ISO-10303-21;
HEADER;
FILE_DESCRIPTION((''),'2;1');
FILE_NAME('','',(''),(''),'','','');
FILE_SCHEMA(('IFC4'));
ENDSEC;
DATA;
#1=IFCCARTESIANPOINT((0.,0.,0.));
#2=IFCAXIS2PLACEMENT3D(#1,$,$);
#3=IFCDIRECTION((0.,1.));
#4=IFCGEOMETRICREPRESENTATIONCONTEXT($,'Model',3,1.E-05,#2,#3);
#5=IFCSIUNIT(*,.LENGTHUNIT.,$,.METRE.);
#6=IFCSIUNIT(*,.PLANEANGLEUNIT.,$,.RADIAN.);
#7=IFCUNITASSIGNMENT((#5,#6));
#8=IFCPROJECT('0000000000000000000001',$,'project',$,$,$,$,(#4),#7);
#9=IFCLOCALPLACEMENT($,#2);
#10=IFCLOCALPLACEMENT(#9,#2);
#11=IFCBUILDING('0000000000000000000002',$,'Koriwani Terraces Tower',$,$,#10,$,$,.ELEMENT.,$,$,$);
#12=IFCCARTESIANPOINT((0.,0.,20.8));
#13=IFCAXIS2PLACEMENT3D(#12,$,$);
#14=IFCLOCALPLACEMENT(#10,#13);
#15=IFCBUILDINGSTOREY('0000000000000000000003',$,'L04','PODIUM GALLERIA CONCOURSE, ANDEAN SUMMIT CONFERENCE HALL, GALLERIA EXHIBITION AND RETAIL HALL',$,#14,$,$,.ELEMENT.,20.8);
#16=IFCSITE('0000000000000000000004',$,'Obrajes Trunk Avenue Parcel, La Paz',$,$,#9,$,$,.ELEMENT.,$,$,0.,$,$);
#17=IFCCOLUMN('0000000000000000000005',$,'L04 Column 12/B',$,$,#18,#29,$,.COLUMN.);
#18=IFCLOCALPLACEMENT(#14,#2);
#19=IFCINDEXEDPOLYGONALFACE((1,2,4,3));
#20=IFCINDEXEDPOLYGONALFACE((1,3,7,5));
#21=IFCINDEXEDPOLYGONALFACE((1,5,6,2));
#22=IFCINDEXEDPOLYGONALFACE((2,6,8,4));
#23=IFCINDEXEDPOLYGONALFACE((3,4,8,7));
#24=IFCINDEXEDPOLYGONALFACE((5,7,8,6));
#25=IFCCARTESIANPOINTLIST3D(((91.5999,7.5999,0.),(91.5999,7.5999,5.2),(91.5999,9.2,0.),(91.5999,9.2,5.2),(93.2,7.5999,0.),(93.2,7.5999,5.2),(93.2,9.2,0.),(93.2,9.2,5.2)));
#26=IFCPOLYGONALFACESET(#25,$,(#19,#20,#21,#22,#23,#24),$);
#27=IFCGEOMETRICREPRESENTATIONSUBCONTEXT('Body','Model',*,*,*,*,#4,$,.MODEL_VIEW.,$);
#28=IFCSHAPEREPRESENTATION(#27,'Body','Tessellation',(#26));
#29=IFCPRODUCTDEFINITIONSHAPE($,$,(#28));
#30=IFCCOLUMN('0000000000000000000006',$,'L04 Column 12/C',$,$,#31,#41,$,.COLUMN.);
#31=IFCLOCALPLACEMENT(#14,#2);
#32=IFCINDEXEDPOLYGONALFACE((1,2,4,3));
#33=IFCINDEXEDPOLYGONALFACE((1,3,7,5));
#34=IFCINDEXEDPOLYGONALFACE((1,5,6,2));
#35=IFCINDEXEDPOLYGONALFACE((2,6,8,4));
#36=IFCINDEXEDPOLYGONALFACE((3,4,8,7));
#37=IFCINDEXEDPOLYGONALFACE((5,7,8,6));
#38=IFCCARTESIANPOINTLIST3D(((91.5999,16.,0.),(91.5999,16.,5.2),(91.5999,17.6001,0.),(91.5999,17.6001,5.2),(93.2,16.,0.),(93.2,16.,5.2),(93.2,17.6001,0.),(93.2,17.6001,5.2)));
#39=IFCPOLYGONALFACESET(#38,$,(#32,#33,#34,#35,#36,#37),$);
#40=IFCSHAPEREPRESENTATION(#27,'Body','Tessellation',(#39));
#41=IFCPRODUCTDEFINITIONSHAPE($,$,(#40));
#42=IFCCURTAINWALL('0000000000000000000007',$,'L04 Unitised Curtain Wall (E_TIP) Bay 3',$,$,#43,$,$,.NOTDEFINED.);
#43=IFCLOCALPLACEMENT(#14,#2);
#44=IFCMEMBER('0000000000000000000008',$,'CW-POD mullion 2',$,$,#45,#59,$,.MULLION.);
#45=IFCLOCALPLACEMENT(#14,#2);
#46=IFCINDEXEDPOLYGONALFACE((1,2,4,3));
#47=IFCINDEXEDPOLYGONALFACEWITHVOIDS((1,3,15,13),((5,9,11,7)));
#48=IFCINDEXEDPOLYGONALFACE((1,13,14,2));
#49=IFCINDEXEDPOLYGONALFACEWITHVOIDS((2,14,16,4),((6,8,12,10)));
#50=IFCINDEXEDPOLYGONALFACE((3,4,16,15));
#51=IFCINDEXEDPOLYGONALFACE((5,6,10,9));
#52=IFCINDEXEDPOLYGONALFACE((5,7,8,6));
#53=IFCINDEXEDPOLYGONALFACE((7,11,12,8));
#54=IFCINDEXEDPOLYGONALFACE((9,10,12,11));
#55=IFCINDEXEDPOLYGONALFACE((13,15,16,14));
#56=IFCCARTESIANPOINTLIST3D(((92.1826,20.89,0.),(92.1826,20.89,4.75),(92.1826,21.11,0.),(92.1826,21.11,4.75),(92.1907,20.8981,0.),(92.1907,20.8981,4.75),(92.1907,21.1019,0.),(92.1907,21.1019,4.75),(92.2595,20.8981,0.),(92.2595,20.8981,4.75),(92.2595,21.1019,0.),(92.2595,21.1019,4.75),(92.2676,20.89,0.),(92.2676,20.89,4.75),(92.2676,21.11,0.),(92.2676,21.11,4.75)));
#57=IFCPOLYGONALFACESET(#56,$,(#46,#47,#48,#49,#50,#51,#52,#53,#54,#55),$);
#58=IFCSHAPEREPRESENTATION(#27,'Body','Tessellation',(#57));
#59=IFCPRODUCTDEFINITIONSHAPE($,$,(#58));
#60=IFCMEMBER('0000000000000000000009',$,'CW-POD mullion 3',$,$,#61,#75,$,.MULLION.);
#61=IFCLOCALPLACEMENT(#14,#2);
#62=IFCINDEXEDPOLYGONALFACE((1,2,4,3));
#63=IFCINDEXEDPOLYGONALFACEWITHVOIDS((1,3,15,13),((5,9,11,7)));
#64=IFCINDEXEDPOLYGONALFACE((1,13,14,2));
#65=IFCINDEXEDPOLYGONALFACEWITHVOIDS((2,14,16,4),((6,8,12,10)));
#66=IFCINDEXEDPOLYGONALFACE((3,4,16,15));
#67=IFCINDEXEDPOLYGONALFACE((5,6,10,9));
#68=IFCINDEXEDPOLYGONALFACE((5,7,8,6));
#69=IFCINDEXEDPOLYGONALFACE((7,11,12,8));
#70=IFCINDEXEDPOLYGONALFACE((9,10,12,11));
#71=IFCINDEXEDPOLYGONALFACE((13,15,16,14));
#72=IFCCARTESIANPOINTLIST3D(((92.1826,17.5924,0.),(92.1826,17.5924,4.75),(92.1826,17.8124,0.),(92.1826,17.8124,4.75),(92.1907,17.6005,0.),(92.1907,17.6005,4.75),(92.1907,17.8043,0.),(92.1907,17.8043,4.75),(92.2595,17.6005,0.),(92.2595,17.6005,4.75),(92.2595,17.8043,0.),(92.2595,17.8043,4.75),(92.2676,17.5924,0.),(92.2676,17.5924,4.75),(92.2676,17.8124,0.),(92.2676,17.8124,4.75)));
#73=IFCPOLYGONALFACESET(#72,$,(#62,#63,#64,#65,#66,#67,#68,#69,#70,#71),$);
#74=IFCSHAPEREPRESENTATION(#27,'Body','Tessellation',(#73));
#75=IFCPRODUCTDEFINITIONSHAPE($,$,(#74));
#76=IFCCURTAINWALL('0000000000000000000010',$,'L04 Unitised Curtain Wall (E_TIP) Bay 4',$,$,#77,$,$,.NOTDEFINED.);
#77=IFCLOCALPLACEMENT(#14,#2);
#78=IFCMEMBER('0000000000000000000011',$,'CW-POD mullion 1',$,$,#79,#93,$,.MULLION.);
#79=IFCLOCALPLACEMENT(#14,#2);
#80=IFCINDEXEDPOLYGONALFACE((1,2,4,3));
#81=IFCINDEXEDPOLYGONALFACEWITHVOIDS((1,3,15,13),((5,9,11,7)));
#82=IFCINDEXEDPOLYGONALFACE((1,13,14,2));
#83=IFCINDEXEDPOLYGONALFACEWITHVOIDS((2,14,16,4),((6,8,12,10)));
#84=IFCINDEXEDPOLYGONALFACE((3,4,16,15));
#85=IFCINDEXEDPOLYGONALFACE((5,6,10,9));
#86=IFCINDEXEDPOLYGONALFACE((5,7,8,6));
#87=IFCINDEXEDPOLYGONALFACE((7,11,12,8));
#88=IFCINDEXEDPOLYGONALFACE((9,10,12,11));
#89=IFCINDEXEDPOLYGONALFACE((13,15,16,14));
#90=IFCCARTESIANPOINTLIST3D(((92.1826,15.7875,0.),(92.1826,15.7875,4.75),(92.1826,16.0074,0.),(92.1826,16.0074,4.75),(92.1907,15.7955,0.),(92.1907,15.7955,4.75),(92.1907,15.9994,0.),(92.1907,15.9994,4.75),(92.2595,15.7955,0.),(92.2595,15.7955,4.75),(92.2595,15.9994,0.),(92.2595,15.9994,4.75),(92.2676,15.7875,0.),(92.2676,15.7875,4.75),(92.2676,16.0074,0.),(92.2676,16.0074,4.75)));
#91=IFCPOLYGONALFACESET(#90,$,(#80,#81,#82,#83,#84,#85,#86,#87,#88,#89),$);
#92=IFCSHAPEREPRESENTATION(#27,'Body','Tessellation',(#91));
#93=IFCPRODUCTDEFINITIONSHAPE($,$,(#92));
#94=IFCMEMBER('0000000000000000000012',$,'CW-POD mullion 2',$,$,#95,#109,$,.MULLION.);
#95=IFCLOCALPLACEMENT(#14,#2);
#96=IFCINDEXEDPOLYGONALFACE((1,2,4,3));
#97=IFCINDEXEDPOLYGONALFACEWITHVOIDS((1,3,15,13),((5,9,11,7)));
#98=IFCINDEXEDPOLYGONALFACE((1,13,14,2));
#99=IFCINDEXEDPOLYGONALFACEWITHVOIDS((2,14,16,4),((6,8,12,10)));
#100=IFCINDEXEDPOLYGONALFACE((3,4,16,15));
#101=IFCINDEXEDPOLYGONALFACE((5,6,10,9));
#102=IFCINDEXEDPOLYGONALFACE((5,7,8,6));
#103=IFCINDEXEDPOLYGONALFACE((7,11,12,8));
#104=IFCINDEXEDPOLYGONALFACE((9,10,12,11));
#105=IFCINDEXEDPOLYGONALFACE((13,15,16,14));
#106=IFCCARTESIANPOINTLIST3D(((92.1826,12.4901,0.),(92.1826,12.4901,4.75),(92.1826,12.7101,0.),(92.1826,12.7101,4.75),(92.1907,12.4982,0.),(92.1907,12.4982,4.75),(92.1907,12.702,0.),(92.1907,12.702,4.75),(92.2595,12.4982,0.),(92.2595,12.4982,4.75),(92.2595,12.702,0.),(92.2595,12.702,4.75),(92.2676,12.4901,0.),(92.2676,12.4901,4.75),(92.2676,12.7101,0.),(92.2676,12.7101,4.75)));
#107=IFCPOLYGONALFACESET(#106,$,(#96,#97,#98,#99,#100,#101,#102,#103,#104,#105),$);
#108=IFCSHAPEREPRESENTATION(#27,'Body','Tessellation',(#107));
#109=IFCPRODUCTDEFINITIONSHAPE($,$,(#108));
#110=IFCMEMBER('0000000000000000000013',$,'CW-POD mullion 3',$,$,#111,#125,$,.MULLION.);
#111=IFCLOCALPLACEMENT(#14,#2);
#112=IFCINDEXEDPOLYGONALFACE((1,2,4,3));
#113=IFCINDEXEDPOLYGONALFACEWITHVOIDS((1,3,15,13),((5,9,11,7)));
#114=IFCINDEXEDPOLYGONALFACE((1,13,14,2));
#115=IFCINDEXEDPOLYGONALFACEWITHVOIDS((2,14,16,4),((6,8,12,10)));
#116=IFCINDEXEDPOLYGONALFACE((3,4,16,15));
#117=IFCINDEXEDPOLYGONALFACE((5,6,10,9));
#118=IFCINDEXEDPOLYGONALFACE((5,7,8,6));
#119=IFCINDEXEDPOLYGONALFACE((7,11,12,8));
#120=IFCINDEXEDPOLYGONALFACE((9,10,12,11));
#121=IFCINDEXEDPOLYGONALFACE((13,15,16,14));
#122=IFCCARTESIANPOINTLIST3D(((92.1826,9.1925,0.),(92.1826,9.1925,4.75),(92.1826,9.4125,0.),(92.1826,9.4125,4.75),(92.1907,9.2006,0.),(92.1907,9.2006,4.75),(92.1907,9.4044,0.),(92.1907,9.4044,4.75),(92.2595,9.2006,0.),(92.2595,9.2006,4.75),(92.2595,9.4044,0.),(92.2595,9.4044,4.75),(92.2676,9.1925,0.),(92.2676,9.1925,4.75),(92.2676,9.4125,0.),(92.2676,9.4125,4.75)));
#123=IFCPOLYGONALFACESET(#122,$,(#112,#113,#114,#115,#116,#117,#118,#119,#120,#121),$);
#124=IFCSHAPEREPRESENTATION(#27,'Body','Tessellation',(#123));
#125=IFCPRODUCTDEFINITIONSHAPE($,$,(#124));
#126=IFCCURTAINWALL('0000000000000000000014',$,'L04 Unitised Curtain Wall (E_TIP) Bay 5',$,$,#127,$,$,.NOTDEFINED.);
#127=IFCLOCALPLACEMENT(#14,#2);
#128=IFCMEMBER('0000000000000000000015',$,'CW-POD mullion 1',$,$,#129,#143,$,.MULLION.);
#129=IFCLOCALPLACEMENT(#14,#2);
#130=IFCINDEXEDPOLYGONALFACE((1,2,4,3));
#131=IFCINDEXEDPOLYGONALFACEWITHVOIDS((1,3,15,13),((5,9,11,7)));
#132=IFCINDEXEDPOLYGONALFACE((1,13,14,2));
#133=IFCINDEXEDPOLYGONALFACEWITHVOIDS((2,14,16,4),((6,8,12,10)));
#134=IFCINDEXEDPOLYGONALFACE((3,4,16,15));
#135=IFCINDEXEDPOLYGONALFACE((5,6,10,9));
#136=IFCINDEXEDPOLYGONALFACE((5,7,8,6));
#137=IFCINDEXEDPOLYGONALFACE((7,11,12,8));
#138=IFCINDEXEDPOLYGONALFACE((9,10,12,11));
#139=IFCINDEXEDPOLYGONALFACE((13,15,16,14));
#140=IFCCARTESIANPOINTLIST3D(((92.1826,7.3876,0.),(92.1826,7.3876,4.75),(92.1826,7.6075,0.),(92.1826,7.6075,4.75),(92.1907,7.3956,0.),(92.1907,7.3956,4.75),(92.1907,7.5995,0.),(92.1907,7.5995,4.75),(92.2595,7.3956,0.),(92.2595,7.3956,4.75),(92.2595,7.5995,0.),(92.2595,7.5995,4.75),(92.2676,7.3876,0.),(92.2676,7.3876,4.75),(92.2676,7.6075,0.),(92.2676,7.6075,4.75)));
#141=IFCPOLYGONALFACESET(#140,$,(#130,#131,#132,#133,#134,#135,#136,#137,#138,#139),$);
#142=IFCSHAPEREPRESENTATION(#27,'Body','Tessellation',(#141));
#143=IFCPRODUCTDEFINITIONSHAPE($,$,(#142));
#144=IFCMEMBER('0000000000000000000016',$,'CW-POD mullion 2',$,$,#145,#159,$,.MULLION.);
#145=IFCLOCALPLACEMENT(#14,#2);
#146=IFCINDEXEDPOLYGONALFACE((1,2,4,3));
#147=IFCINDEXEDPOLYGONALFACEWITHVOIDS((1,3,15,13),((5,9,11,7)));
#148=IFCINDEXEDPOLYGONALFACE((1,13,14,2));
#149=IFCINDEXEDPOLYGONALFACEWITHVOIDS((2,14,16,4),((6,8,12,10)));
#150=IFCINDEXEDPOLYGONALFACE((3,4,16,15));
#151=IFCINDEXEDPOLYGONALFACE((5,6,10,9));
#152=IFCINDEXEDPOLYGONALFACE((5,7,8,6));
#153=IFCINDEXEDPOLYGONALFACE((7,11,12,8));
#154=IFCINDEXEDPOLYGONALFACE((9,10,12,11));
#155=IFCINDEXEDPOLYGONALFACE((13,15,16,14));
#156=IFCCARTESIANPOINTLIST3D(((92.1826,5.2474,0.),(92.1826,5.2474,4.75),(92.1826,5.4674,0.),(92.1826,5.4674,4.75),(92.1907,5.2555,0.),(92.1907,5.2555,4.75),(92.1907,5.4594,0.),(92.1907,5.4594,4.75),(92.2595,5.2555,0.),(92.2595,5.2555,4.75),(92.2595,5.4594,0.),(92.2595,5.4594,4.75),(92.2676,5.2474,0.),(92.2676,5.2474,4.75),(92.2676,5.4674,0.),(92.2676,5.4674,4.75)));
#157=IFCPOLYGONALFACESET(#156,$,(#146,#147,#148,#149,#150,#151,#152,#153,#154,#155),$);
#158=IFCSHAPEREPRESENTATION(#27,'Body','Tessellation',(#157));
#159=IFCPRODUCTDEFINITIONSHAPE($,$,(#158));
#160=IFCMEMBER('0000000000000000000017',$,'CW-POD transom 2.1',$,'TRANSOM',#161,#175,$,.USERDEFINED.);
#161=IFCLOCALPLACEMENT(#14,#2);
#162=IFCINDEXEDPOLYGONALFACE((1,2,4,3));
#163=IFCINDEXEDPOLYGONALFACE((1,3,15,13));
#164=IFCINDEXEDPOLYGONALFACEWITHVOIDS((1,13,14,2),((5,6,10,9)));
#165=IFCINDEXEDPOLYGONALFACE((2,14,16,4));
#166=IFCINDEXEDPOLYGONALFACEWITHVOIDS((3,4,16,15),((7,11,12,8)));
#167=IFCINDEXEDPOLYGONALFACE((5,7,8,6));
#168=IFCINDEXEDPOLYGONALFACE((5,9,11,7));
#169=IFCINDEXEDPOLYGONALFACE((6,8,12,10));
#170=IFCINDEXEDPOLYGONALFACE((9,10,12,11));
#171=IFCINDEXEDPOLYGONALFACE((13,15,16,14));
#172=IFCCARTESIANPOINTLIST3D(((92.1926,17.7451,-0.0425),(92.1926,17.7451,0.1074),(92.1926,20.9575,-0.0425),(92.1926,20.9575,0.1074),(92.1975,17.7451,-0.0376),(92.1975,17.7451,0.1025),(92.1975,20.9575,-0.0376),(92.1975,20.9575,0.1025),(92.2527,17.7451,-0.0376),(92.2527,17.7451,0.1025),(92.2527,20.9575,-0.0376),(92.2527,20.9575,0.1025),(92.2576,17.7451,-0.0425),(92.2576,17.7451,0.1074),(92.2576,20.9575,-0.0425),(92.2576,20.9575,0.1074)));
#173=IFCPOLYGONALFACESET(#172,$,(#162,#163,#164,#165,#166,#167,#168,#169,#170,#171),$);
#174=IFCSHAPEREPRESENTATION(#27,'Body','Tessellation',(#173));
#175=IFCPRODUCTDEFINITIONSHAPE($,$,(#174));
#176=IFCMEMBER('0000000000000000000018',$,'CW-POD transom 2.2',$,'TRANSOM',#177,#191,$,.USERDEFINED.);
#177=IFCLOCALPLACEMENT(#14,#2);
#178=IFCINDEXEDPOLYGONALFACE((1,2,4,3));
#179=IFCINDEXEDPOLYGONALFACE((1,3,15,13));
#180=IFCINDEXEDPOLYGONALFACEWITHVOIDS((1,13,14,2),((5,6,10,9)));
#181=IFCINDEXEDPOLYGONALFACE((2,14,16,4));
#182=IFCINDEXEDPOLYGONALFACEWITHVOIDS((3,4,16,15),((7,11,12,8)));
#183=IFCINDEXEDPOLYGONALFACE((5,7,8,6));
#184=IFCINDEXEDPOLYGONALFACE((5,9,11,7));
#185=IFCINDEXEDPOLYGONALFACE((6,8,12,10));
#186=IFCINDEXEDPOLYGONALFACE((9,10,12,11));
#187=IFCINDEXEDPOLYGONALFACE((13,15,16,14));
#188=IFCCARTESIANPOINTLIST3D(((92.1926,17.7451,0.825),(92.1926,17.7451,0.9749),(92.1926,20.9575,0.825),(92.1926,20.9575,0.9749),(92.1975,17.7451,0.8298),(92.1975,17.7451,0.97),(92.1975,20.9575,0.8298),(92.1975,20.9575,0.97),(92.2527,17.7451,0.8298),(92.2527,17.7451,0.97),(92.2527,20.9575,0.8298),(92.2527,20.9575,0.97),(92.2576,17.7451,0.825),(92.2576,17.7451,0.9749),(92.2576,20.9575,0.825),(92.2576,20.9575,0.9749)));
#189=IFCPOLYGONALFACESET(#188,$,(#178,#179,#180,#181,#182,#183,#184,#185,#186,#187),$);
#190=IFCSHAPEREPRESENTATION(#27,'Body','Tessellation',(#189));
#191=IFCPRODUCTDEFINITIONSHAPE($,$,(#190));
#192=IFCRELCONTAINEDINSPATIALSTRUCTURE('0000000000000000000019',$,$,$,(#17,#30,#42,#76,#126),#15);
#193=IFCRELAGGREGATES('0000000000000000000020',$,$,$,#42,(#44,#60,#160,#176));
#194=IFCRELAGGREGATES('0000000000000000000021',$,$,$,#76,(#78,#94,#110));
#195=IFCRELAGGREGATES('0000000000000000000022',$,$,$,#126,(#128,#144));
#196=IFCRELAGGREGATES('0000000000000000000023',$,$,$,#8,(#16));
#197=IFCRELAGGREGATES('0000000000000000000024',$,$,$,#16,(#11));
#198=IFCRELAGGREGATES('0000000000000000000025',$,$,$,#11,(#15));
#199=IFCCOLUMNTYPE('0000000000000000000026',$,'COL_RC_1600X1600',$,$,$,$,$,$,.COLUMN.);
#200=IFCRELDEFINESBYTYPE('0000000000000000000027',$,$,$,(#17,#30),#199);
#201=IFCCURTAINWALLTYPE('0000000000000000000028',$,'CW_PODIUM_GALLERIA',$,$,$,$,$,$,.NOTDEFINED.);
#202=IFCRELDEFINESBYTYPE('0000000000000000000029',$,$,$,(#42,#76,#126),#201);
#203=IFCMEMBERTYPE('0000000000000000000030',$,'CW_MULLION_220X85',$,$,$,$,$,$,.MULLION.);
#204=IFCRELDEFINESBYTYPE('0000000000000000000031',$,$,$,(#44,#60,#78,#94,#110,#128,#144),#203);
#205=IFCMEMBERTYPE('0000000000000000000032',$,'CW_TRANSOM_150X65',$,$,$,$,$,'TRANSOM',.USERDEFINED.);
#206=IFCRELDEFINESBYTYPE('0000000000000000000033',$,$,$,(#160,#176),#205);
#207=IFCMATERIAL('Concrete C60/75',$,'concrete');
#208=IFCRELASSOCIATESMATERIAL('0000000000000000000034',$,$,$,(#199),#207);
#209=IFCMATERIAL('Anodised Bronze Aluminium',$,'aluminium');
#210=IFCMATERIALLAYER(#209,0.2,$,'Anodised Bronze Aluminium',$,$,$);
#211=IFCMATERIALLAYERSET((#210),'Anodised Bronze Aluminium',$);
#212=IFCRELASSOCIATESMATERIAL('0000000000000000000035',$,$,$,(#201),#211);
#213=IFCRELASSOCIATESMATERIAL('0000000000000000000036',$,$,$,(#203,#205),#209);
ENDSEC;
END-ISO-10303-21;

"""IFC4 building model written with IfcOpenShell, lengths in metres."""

from ifc_helpers import new_model, si_unit, direction, frame, origin, origin_2d, place, context, subcontext, project, spatial, rectangle, hollow_rectangle, extrude, material, layer, layer_set, material_profile, profile_set, type_object, element, aggregate, save


model = new_model("IFC4")

# Units and contexts
model_context = context("Model", 3, precision=1e-05, world=origin(), true_north=direction((0.0, 1.0)))
body_context = subcontext(model_context, "Body", "Model", "MODEL_VIEW")
ifc_project = project(units=[si_unit("LENGTHUNIT", "METRE"), si_unit("PLANEANGLEUNIT", "RADIAN")], contexts=[model_context])

# Site, building, storey
site_placement = place(None, origin())
site = spatial("IfcSite", under=ifc_project, at=site_placement, Name="Obrajes Trunk Avenue Parcel, La Paz", CompositionType="ELEMENT", RefElevation=0.0)
building_placement = place(site_placement, origin())
building = spatial("IfcBuilding", under=site, at=building_placement, Name="Koriwani Terraces Tower", CompositionType="ELEMENT")
storey_placement = place(building_placement, frame((0.0, 0.0, 20.8)))
storey = spatial("IfcBuildingStorey", under=building, at=storey_placement, Name="L04", Description="PODIUM GALLERIA CONCOURSE, ANDEAN SUMMIT CONFERENCE HALL, GALLERIA EXHIBITION AND RETAIL HALL", CompositionType="ELEMENT", Elevation=20.8)

# Columns
ifc_material_1 = material(Name="Concrete C60/75", Category="concrete")
ifc_material_profile_1 = material_profile(ifc_material_1, rectangle(XDim=1.6001, YDim=1.6001, at=origin_2d()), Name="Concrete C60/75", Category="LoadBearing")
ifc_profile_set_1 = profile_set([ifc_material_profile_1], Name="Concrete C60/75")
column_type = type_object("IfcColumnType", Name="COL_RC_1600X1600", PredefinedType="COLUMN", material=ifc_profile_set_1)
for number, where, z_axis, x_axis, name in (
    (1, (92.3999, 8.3999, 0.0), (0.0, 0.0, 1.0), (1.0, 0.0, 0.0), "L04 Column 12/B"),
    (2, (92.3999, 16.8, 0.0), (0.0, 0.0, 1.0), (1.0, 0.0, 0.0), "L04 Column 12/C"),
):
    element("IfcColumn", number, at=place(storey_placement, frame(where, z_axis=z_axis, x_axis=x_axis)), inside=storey, type_object=column_type, Name=name, PredefinedType="COLUMN", context=body_context, shape_type="SweptSolid", body=[
        extrude(rectangle(XDim=1.6001, YDim=1.6001, at=origin_2d()), origin(), (0.0, 0.0, 1.0), 5.2),
    ])

# Curtain walls, members
ifc_material_2 = material(Name="Anodised Bronze Aluminium", Category="aluminium")
ifc_layer_1 = layer(ifc_material_2, 0.2, Name="Anodised Bronze Aluminium")
ifc_layer_set_1 = layer_set([ifc_layer_1], Name="Anodised Bronze Aluminium")
curtain_wall_type = type_object("IfcCurtainWallType", Name="CW_PODIUM_GALLERIA", PredefinedType="NOTDEFINED", material=ifc_layer_set_1)
curtain_wall_1_placement = place(storey_placement, origin())
curtain_wall_1 = element("IfcCurtainWall", 3, at=curtain_wall_1_placement, inside=storey, type_object=curtain_wall_type, Name="L04 Unitised Curtain Wall (E_TIP) Bay 3", PredefinedType="NOTDEFINED")
ifc_material_profile_2 = material_profile(ifc_material_2, hollow_rectangle(XDim=0.085, YDim=0.22, WallThickness=0.0081, at=origin_2d()), Name="Anodised Bronze Aluminium", Category="LoadBearing")
ifc_profile_set_2 = profile_set([ifc_material_profile_2], Name="Anodised Bronze Aluminium")
member_type_1 = type_object("IfcMemberType", Name="CW_MULLION_220X85", PredefinedType="MULLION", material=ifc_profile_set_2)
member_1_placement = place(storey_placement, frame((92.2251, 21.0, 0.0), z_axis=(0.0, 0.0, 1.0), x_axis=(1.0, 0.0, 0.0)))
member_1 = element("IfcMember", 4, at=member_1_placement, type_object=member_type_1, Name="CW-POD mullion 2", PredefinedType="MULLION", context=body_context, shape_type="SweptSolid", body=[
    extrude(hollow_rectangle(XDim=0.085, YDim=0.22, WallThickness=0.0081, at=origin_2d()), origin(), (0.0, 0.0, 1.0), 4.75),
])
member_2_placement = place(storey_placement, frame((92.2251, 17.7024, 0.0), z_axis=(0.0, 0.0, 1.0), x_axis=(1.0, 0.0, 0.0)))
member_2 = element("IfcMember", 5, at=member_2_placement, type_object=member_type_1, Name="CW-POD mullion 3", PredefinedType="MULLION", context=body_context, shape_type="SweptSolid", body=[
    extrude(hollow_rectangle(XDim=0.085, YDim=0.22, WallThickness=0.0081, at=origin_2d()), origin(), (0.0, 0.0, 1.0), 4.75),
])
curtain_wall_2_placement = place(storey_placement, origin())
curtain_wall_2 = element("IfcCurtainWall", 6, at=curtain_wall_2_placement, inside=storey, type_object=curtain_wall_type, Name="L04 Unitised Curtain Wall (E_TIP) Bay 4", PredefinedType="NOTDEFINED")
member_3_placement = place(storey_placement, frame((92.2251, 15.8975, 0.0), z_axis=(0.0, 0.0, 1.0), x_axis=(1.0, 0.0, 0.0)))
member_3 = element("IfcMember", 7, at=member_3_placement, type_object=member_type_1, Name="CW-POD mullion 1", PredefinedType="MULLION", context=body_context, shape_type="SweptSolid", body=[
    extrude(hollow_rectangle(XDim=0.085, YDim=0.22, WallThickness=0.0081, at=origin_2d()), origin(), (0.0, 0.0, 1.0), 4.75),
])
member_4_placement = place(storey_placement, frame((92.2251, 12.6001, 0.0), z_axis=(0.0, 0.0, 1.0), x_axis=(1.0, 0.0, 0.0)))
member_4 = element("IfcMember", 8, at=member_4_placement, type_object=member_type_1, Name="CW-POD mullion 2", PredefinedType="MULLION", context=body_context, shape_type="SweptSolid", body=[
    extrude(hollow_rectangle(XDim=0.085, YDim=0.22, WallThickness=0.0081, at=origin_2d()), origin(), (0.0, 0.0, 1.0), 4.75),
])
member_5_placement = place(storey_placement, frame((92.2251, 9.3025, 0.0), z_axis=(0.0, 0.0, 1.0), x_axis=(1.0, 0.0, 0.0)))
member_5 = element("IfcMember", 9, at=member_5_placement, type_object=member_type_1, Name="CW-POD mullion 3", PredefinedType="MULLION", context=body_context, shape_type="SweptSolid", body=[
    extrude(hollow_rectangle(XDim=0.085, YDim=0.22, WallThickness=0.0081, at=origin_2d()), origin(), (0.0, 0.0, 1.0), 4.75),
])
curtain_wall_3_placement = place(storey_placement, origin())
curtain_wall_3 = element("IfcCurtainWall", 10, at=curtain_wall_3_placement, inside=storey, type_object=curtain_wall_type, Name="L04 Unitised Curtain Wall (E_TIP) Bay 5", PredefinedType="NOTDEFINED")
member_6_placement = place(storey_placement, frame((92.2251, 7.4976, 0.0), z_axis=(0.0, 0.0, 1.0), x_axis=(1.0, 0.0, 0.0)))
member_6 = element("IfcMember", 11, at=member_6_placement, type_object=member_type_1, Name="CW-POD mullion 1", PredefinedType="MULLION", context=body_context, shape_type="SweptSolid", body=[
    extrude(hollow_rectangle(XDim=0.085, YDim=0.22, WallThickness=0.0081, at=origin_2d()), origin(), (0.0, 0.0, 1.0), 4.75),
])
member_7_placement = place(storey_placement, frame((92.2251, 5.3574, 0.0), z_axis=(0.0, 0.0, 1.0), x_axis=(1.0, 0.0, 0.0)))
member_7 = element("IfcMember", 12, at=member_7_placement, type_object=member_type_1, Name="CW-POD mullion 2", PredefinedType="MULLION", context=body_context, shape_type="SweptSolid", body=[
    extrude(hollow_rectangle(XDim=0.085, YDim=0.22, WallThickness=0.0081, at=origin_2d()), origin(), (0.0, 0.0, 1.0), 4.75),
])

# Members
ifc_material_profile_3 = material_profile(ifc_material_2, hollow_rectangle(XDim=0.0649, YDim=0.1499, WallThickness=0.0049, at=origin_2d()), Name="Anodised Bronze Aluminium", Category="LoadBearing")
ifc_profile_set_3 = profile_set([ifc_material_profile_3], Name="Anodised Bronze Aluminium")
member_type_2 = type_object("IfcMemberType", Name="CW_TRANSOM_150X65", ElementType="TRANSOM", PredefinedType="USERDEFINED", material=ifc_profile_set_3)
member_8_placement = place(storey_placement, frame((92.2251, 20.9575, 0.0325), z_axis=(0.0, -1.0, 0.0), x_axis=(1.0, 0.0, 0.0)))
member_8 = element("IfcMember", 13, at=member_8_placement, type_object=member_type_2, Name="CW-POD transom 2.1", ObjectType="TRANSOM", PredefinedType="USERDEFINED", context=body_context, shape_type="SweptSolid", body=[
    extrude(hollow_rectangle(XDim=0.0649, YDim=0.1499, WallThickness=0.0049, at=origin_2d()), origin(), (0.0, 0.0, 1.0), 3.2124),
])
member_9_placement = place(storey_placement, frame((92.2251, 20.9575, 0.8999), z_axis=(0.0, -1.0, 0.0), x_axis=(1.0, 0.0, 0.0)))
member_9 = element("IfcMember", 14, at=member_9_placement, type_object=member_type_2, Name="CW-POD transom 2.2", ObjectType="TRANSOM", PredefinedType="USERDEFINED", context=body_context, shape_type="SweptSolid", body=[
    extrude(hollow_rectangle(XDim=0.0649, YDim=0.1499, WallThickness=0.0049, at=origin_2d()), origin(), (0.0, 0.0, 1.0), 3.2124),
])

aggregate(curtain_wall_1, [member_1, member_2, member_8, member_9])
aggregate(curtain_wall_2, [member_3, member_4, member_5])
aggregate(curtain_wall_3, [member_6, member_7])

save(model, "model.ifc")
